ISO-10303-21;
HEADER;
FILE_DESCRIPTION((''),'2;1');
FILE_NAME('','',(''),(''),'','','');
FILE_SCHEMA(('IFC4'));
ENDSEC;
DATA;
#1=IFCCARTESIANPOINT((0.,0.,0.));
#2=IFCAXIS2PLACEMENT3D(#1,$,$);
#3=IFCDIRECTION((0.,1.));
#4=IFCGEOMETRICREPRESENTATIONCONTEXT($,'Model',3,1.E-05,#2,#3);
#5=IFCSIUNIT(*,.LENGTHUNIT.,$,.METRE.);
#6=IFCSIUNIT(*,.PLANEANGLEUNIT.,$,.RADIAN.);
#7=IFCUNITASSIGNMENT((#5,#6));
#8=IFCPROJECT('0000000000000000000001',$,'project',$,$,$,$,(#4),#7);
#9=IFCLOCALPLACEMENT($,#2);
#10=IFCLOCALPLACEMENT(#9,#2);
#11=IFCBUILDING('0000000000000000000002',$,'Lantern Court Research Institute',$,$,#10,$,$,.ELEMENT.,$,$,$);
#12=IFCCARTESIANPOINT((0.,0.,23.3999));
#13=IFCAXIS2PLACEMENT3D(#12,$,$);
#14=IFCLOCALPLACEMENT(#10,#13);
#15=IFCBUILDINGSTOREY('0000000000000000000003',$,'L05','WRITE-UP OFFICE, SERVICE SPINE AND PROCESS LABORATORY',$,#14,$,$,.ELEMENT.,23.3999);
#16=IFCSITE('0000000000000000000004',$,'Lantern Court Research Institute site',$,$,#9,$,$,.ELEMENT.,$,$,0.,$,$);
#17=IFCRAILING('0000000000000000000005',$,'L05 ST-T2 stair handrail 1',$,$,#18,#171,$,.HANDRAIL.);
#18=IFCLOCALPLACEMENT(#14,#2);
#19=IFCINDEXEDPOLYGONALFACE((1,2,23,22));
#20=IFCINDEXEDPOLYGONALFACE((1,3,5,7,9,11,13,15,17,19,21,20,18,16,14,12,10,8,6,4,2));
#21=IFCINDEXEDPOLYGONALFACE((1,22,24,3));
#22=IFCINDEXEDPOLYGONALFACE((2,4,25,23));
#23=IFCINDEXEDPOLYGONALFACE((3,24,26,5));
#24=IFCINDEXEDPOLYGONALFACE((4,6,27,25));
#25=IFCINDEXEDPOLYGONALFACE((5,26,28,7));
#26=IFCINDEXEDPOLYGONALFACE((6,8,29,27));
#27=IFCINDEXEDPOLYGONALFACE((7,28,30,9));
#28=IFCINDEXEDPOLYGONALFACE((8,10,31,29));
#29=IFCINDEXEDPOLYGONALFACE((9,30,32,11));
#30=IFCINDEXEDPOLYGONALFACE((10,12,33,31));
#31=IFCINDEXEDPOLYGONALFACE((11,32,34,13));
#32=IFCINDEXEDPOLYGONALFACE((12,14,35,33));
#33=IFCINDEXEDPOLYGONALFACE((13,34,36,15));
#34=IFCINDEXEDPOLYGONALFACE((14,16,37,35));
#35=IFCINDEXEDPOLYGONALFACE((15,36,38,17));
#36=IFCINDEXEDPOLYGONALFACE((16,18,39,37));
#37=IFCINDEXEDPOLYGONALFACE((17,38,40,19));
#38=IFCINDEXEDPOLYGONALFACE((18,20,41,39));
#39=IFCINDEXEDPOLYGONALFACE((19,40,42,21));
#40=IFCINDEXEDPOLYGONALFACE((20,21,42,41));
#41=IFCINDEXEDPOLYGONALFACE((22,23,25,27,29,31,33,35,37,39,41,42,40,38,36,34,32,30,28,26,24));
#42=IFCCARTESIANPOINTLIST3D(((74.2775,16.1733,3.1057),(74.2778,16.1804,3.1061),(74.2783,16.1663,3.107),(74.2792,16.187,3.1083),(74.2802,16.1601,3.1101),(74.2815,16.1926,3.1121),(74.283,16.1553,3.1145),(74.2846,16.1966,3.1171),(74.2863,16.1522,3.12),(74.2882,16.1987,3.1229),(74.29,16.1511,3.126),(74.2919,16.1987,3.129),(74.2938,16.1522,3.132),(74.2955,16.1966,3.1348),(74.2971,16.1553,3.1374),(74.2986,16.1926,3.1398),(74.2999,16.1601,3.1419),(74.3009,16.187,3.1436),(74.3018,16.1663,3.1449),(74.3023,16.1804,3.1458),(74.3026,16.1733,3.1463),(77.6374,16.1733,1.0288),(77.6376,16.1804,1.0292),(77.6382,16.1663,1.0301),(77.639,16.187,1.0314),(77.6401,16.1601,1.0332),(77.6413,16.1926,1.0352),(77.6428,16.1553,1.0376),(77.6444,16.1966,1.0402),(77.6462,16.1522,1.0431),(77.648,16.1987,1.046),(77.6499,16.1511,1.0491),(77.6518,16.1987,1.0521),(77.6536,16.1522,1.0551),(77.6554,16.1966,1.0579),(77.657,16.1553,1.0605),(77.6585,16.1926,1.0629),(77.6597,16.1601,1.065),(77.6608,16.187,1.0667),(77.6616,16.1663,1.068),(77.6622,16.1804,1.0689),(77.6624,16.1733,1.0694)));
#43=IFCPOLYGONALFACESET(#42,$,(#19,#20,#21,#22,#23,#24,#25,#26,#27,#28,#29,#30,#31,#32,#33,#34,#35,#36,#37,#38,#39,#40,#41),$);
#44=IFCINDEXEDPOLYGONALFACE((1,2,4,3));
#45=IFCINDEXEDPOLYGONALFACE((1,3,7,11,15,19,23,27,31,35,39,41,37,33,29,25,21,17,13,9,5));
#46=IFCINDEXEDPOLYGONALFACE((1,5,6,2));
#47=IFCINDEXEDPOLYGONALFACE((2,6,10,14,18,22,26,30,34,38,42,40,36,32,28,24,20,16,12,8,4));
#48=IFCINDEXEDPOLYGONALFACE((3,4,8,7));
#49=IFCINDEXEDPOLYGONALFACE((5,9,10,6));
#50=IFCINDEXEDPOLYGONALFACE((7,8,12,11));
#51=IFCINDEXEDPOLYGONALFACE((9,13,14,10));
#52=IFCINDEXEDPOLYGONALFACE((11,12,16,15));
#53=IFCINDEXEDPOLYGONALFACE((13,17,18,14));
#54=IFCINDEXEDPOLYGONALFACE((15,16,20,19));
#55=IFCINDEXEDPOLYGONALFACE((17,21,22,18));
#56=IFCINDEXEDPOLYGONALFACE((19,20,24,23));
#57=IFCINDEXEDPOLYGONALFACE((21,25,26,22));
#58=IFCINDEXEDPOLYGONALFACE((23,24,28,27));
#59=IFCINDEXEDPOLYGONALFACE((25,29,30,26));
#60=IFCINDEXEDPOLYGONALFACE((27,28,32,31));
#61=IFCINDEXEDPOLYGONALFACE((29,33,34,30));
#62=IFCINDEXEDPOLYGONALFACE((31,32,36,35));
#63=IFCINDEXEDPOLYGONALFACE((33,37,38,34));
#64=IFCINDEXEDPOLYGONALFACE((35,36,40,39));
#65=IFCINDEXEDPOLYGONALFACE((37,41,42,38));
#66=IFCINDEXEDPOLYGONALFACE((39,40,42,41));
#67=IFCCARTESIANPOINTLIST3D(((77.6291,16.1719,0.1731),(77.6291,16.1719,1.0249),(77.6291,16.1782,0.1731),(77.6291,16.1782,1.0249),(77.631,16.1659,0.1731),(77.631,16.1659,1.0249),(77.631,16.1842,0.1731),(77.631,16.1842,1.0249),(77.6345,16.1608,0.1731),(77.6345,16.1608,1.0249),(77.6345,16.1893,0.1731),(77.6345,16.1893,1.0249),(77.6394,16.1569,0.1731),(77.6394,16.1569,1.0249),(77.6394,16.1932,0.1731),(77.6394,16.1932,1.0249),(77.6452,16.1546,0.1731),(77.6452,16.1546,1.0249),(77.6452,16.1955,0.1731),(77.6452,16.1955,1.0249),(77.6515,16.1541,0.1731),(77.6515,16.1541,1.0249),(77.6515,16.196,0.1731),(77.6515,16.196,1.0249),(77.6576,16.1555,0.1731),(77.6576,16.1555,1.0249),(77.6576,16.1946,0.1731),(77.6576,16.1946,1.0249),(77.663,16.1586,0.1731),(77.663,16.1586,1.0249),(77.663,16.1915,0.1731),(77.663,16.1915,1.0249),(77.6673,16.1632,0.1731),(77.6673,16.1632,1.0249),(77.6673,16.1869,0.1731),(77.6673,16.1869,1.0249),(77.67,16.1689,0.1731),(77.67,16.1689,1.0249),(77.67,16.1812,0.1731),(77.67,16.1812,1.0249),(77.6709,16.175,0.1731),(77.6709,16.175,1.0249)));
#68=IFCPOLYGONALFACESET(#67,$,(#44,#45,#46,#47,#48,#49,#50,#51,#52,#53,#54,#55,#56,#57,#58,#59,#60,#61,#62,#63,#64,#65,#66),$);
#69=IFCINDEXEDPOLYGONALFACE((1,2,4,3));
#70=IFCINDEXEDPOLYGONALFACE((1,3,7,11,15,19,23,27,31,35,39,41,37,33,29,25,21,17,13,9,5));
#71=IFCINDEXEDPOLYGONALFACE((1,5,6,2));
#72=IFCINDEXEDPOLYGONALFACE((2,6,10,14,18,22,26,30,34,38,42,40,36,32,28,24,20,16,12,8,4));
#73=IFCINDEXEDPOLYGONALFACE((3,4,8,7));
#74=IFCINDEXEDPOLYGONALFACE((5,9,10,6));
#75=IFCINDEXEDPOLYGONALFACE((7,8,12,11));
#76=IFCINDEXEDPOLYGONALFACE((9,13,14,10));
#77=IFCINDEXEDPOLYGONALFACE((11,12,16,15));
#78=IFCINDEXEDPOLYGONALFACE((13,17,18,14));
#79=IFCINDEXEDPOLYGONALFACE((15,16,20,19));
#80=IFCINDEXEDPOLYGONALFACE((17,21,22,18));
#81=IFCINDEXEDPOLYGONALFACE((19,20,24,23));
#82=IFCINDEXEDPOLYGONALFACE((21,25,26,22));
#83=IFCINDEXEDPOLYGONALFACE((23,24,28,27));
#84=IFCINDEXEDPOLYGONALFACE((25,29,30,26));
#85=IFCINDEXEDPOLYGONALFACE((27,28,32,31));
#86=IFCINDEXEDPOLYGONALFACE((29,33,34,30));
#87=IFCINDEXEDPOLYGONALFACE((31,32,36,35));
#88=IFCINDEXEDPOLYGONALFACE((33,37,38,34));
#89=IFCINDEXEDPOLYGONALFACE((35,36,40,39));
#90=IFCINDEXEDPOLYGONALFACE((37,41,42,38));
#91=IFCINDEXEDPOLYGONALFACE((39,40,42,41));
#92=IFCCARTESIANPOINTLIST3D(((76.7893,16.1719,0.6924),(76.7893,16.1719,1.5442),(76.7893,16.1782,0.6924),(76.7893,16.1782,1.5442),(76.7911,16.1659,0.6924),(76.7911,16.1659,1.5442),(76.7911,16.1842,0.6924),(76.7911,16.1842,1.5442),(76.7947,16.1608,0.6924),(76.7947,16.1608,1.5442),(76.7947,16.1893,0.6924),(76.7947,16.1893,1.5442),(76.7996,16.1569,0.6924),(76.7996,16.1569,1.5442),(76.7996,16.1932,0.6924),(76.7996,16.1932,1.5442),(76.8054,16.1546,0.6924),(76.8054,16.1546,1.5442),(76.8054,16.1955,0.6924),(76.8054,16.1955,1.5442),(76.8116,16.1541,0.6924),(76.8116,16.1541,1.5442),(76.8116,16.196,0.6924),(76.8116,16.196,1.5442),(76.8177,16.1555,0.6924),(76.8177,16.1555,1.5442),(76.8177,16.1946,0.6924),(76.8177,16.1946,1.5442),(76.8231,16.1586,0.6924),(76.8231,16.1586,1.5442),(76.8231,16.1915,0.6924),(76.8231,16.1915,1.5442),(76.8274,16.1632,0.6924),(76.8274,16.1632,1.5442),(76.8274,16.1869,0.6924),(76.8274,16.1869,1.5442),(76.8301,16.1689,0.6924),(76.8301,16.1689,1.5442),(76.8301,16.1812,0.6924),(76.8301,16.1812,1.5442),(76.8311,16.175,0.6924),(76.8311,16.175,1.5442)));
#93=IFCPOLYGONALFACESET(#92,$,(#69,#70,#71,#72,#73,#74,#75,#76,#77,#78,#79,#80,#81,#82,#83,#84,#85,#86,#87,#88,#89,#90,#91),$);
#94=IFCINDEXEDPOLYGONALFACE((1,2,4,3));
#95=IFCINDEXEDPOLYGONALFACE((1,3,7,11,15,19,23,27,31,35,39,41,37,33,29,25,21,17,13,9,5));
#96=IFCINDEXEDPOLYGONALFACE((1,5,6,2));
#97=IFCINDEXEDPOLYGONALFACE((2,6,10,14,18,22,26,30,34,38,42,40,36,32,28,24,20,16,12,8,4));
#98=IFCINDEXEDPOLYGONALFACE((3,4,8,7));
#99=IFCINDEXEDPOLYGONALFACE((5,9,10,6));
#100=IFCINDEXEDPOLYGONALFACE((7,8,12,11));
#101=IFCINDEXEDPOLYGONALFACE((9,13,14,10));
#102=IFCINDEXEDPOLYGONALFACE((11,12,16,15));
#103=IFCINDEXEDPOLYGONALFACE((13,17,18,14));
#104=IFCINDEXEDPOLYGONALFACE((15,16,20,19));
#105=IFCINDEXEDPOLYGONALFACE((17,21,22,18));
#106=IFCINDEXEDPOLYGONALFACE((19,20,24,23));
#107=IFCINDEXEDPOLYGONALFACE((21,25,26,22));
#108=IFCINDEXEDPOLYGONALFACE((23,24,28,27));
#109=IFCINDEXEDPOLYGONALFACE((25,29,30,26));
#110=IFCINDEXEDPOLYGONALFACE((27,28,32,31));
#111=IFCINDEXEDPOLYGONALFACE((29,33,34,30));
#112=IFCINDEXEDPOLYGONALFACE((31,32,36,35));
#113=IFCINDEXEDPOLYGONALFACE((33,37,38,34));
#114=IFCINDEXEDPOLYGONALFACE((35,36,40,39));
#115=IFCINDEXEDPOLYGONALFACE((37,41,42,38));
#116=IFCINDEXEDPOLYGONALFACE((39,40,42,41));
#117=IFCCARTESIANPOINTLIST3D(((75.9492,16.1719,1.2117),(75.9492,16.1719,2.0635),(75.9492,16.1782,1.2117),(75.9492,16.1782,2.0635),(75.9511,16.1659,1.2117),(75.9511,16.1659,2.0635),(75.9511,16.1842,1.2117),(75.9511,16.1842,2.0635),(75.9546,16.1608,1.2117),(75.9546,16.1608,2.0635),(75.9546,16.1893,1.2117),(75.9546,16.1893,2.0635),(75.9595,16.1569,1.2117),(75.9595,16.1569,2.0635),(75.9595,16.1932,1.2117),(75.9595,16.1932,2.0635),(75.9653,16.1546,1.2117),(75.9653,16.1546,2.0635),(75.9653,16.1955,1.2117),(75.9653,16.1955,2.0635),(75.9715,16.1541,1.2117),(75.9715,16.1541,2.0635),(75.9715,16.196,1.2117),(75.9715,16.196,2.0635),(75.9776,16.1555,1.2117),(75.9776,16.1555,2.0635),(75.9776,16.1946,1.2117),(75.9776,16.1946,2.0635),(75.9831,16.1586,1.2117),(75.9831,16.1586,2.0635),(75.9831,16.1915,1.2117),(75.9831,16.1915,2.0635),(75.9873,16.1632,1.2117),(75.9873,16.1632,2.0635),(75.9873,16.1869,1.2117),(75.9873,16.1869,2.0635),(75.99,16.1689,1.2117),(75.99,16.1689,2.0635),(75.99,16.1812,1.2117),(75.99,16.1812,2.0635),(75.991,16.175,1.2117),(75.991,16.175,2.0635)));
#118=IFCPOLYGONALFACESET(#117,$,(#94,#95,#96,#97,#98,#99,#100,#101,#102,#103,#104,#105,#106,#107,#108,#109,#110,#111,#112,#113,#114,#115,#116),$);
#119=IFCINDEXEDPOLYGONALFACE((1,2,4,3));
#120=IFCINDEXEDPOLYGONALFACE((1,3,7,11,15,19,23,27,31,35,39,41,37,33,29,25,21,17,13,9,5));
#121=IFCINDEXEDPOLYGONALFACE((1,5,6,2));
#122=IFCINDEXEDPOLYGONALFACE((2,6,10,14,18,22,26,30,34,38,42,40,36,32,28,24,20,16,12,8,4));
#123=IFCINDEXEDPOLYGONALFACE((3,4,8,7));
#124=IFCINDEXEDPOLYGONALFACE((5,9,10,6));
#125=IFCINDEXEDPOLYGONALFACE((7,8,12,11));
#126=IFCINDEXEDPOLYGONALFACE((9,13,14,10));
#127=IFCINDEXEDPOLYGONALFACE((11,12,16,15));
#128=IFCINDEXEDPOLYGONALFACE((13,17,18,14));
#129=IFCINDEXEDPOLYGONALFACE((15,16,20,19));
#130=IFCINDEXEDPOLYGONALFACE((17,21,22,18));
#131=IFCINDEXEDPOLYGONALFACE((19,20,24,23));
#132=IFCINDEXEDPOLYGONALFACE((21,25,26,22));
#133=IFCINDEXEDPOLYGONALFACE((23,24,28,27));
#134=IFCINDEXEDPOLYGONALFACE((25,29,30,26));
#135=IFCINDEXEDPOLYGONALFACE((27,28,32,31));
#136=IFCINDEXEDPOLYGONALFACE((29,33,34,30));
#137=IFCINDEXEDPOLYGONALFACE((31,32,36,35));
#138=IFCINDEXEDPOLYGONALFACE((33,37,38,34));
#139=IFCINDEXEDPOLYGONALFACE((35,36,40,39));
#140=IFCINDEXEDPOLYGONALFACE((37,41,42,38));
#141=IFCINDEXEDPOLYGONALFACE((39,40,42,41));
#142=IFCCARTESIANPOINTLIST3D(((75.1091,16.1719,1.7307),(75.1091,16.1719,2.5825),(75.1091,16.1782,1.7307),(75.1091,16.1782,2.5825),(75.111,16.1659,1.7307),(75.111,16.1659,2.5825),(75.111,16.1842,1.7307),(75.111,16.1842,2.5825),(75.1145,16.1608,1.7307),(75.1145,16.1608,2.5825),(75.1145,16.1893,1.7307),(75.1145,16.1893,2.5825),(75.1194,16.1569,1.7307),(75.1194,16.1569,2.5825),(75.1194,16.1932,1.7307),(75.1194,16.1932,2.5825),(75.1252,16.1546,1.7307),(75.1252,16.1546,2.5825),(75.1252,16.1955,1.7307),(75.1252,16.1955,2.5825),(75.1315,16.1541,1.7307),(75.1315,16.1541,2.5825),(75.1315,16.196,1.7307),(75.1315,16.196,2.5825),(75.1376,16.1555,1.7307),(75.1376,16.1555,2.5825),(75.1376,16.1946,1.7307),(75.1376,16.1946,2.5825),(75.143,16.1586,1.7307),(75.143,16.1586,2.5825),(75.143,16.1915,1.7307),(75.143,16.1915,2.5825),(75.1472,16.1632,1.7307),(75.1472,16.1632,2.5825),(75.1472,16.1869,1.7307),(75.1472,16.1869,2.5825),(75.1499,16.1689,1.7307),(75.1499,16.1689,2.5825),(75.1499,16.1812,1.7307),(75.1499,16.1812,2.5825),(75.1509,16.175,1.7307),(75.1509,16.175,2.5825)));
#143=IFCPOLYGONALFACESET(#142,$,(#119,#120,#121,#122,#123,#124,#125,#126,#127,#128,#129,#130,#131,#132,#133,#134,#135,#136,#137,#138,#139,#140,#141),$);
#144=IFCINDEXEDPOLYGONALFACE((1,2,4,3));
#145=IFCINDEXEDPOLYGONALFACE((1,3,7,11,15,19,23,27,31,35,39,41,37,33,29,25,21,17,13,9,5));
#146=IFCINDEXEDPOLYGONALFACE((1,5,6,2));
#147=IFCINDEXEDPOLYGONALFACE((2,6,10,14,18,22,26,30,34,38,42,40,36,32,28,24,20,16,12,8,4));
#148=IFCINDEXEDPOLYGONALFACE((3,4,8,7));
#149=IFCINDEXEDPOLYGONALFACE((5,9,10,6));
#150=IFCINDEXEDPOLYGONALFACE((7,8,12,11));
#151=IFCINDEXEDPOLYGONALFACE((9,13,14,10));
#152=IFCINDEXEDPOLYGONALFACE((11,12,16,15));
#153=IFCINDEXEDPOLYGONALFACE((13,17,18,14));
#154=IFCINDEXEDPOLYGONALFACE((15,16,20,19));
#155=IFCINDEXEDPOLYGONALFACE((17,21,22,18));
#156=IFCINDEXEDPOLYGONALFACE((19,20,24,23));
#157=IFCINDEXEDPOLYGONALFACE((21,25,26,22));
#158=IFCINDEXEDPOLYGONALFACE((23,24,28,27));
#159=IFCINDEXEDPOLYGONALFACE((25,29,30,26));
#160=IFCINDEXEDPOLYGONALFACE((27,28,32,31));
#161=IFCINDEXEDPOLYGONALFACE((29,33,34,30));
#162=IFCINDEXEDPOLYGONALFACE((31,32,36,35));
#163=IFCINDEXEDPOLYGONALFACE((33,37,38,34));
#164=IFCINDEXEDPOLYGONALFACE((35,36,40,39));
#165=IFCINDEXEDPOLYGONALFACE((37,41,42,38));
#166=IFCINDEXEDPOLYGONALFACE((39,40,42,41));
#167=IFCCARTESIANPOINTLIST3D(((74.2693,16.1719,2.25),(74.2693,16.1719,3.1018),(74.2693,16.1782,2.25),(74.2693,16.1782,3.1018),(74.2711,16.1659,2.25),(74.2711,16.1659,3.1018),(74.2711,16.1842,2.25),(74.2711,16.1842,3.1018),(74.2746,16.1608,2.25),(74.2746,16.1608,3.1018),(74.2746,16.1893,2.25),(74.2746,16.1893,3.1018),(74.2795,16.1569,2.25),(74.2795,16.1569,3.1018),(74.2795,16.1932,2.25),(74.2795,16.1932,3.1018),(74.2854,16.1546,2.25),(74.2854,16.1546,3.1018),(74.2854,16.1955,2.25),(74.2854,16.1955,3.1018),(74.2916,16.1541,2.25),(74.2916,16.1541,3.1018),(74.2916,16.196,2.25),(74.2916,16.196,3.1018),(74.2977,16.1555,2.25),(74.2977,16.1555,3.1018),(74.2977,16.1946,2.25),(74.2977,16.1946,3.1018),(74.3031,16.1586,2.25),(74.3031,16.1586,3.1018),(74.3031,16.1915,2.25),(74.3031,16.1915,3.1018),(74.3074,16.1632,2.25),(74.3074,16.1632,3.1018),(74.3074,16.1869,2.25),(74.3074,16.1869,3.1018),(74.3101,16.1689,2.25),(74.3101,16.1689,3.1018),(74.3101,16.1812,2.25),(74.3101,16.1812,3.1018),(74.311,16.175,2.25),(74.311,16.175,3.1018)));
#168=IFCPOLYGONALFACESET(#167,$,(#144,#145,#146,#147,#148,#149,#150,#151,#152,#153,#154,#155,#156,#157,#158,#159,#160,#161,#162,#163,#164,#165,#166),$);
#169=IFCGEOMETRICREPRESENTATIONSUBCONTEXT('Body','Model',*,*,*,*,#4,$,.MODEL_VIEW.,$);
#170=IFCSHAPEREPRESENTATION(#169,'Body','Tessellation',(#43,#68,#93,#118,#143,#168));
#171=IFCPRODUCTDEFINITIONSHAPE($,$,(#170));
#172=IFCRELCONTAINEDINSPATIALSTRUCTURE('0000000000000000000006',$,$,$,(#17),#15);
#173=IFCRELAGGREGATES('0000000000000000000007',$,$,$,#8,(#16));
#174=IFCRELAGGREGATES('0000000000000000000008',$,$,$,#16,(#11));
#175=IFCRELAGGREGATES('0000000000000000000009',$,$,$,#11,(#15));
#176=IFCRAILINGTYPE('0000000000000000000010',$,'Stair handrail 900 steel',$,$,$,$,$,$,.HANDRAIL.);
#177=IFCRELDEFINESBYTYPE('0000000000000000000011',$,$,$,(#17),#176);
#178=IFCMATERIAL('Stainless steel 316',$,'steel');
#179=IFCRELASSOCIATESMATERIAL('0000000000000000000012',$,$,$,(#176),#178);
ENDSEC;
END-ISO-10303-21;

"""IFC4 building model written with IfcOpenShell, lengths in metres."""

from ifc_helpers import new_model, si_unit, direction, frame, origin, origin_2d, place, context, subcontext, project, spatial, circle, extrude, material, type_object, element, save


model = new_model("IFC4")

# Units and contexts
model_context = context("Model", 3, precision=1e-05, world=origin(), true_north=direction((0.0, 1.0)))
body_context = subcontext(model_context, "Body", "Model", "MODEL_VIEW")
ifc_project = project(units=[si_unit("LENGTHUNIT", "METRE"), si_unit("PLANEANGLEUNIT", "RADIAN")], contexts=[model_context])

# Site, building, storey
site_placement = place(None, origin())
site = spatial("IfcSite", under=ifc_project, at=site_placement, Name="Lantern Court Research Institute site", CompositionType="ELEMENT", RefElevation=0.0)
building_placement = place(site_placement, origin())
building = spatial("IfcBuilding", under=site, at=building_placement, Name="Lantern Court Research Institute", CompositionType="ELEMENT")
storey_placement = place(building_placement, frame((0.0, 0.0, 23.3999)))
storey = spatial("IfcBuildingStorey", under=building, at=storey_placement, Name="L05", Description="WRITE-UP OFFICE, SERVICE SPINE AND PROCESS LABORATORY", CompositionType="ELEMENT", Elevation=23.3999)

# Railing
ifc_material_1 = material(Name="Stainless steel 316", Category="steel")
railing_type_1 = type_object("IfcRailingType", Name="Stair handrail 900 steel", PredefinedType="HANDRAIL", material=ifc_material_1)
railing_1_placement = place(storey_placement, frame((77.6499, 16.175, 0.1731)))
element("IfcRailing", 1, at=railing_1_placement, inside=storey, type_object=railing_type_1, Name="L05 ST-T2 stair handrail 1", PredefinedType="HANDRAIL", context=body_context, shape_type="SweptSolid", body=[
    extrude(circle(Radius=0.0239, at=origin_2d()), frame((0.0, 0.0, 0.876), z_axis=(-0.850606, 0.0, 0.525803), x_axis=(0.0, -1.0, 0.0)), (0.0, 0.0, 1.0), 3.95),
    extrude(circle(Radius=0.021, at=origin_2d()), origin(), (0.0, 0.0, 1.0), 0.8518),
    extrude(circle(Radius=0.021, at=origin_2d()), frame((-0.8398, 0.0, 0.5193)), (0.0, 0.0, 1.0), 0.8518),
    extrude(circle(Radius=0.021, at=origin_2d()), frame((-1.6799, 0.0, 1.0386)), (0.0, 0.0, 1.0), 0.8518),
    extrude(circle(Radius=0.021, at=origin_2d()), frame((-2.52, 0.0, 1.5576)), (0.0, 0.0, 1.0), 0.8518),
    extrude(circle(Radius=0.021, at=origin_2d()), frame((-3.3599, 0.0, 2.0769)), (0.0, 0.0, 1.0), 0.8518),
])

save(model, "model.ifc")
